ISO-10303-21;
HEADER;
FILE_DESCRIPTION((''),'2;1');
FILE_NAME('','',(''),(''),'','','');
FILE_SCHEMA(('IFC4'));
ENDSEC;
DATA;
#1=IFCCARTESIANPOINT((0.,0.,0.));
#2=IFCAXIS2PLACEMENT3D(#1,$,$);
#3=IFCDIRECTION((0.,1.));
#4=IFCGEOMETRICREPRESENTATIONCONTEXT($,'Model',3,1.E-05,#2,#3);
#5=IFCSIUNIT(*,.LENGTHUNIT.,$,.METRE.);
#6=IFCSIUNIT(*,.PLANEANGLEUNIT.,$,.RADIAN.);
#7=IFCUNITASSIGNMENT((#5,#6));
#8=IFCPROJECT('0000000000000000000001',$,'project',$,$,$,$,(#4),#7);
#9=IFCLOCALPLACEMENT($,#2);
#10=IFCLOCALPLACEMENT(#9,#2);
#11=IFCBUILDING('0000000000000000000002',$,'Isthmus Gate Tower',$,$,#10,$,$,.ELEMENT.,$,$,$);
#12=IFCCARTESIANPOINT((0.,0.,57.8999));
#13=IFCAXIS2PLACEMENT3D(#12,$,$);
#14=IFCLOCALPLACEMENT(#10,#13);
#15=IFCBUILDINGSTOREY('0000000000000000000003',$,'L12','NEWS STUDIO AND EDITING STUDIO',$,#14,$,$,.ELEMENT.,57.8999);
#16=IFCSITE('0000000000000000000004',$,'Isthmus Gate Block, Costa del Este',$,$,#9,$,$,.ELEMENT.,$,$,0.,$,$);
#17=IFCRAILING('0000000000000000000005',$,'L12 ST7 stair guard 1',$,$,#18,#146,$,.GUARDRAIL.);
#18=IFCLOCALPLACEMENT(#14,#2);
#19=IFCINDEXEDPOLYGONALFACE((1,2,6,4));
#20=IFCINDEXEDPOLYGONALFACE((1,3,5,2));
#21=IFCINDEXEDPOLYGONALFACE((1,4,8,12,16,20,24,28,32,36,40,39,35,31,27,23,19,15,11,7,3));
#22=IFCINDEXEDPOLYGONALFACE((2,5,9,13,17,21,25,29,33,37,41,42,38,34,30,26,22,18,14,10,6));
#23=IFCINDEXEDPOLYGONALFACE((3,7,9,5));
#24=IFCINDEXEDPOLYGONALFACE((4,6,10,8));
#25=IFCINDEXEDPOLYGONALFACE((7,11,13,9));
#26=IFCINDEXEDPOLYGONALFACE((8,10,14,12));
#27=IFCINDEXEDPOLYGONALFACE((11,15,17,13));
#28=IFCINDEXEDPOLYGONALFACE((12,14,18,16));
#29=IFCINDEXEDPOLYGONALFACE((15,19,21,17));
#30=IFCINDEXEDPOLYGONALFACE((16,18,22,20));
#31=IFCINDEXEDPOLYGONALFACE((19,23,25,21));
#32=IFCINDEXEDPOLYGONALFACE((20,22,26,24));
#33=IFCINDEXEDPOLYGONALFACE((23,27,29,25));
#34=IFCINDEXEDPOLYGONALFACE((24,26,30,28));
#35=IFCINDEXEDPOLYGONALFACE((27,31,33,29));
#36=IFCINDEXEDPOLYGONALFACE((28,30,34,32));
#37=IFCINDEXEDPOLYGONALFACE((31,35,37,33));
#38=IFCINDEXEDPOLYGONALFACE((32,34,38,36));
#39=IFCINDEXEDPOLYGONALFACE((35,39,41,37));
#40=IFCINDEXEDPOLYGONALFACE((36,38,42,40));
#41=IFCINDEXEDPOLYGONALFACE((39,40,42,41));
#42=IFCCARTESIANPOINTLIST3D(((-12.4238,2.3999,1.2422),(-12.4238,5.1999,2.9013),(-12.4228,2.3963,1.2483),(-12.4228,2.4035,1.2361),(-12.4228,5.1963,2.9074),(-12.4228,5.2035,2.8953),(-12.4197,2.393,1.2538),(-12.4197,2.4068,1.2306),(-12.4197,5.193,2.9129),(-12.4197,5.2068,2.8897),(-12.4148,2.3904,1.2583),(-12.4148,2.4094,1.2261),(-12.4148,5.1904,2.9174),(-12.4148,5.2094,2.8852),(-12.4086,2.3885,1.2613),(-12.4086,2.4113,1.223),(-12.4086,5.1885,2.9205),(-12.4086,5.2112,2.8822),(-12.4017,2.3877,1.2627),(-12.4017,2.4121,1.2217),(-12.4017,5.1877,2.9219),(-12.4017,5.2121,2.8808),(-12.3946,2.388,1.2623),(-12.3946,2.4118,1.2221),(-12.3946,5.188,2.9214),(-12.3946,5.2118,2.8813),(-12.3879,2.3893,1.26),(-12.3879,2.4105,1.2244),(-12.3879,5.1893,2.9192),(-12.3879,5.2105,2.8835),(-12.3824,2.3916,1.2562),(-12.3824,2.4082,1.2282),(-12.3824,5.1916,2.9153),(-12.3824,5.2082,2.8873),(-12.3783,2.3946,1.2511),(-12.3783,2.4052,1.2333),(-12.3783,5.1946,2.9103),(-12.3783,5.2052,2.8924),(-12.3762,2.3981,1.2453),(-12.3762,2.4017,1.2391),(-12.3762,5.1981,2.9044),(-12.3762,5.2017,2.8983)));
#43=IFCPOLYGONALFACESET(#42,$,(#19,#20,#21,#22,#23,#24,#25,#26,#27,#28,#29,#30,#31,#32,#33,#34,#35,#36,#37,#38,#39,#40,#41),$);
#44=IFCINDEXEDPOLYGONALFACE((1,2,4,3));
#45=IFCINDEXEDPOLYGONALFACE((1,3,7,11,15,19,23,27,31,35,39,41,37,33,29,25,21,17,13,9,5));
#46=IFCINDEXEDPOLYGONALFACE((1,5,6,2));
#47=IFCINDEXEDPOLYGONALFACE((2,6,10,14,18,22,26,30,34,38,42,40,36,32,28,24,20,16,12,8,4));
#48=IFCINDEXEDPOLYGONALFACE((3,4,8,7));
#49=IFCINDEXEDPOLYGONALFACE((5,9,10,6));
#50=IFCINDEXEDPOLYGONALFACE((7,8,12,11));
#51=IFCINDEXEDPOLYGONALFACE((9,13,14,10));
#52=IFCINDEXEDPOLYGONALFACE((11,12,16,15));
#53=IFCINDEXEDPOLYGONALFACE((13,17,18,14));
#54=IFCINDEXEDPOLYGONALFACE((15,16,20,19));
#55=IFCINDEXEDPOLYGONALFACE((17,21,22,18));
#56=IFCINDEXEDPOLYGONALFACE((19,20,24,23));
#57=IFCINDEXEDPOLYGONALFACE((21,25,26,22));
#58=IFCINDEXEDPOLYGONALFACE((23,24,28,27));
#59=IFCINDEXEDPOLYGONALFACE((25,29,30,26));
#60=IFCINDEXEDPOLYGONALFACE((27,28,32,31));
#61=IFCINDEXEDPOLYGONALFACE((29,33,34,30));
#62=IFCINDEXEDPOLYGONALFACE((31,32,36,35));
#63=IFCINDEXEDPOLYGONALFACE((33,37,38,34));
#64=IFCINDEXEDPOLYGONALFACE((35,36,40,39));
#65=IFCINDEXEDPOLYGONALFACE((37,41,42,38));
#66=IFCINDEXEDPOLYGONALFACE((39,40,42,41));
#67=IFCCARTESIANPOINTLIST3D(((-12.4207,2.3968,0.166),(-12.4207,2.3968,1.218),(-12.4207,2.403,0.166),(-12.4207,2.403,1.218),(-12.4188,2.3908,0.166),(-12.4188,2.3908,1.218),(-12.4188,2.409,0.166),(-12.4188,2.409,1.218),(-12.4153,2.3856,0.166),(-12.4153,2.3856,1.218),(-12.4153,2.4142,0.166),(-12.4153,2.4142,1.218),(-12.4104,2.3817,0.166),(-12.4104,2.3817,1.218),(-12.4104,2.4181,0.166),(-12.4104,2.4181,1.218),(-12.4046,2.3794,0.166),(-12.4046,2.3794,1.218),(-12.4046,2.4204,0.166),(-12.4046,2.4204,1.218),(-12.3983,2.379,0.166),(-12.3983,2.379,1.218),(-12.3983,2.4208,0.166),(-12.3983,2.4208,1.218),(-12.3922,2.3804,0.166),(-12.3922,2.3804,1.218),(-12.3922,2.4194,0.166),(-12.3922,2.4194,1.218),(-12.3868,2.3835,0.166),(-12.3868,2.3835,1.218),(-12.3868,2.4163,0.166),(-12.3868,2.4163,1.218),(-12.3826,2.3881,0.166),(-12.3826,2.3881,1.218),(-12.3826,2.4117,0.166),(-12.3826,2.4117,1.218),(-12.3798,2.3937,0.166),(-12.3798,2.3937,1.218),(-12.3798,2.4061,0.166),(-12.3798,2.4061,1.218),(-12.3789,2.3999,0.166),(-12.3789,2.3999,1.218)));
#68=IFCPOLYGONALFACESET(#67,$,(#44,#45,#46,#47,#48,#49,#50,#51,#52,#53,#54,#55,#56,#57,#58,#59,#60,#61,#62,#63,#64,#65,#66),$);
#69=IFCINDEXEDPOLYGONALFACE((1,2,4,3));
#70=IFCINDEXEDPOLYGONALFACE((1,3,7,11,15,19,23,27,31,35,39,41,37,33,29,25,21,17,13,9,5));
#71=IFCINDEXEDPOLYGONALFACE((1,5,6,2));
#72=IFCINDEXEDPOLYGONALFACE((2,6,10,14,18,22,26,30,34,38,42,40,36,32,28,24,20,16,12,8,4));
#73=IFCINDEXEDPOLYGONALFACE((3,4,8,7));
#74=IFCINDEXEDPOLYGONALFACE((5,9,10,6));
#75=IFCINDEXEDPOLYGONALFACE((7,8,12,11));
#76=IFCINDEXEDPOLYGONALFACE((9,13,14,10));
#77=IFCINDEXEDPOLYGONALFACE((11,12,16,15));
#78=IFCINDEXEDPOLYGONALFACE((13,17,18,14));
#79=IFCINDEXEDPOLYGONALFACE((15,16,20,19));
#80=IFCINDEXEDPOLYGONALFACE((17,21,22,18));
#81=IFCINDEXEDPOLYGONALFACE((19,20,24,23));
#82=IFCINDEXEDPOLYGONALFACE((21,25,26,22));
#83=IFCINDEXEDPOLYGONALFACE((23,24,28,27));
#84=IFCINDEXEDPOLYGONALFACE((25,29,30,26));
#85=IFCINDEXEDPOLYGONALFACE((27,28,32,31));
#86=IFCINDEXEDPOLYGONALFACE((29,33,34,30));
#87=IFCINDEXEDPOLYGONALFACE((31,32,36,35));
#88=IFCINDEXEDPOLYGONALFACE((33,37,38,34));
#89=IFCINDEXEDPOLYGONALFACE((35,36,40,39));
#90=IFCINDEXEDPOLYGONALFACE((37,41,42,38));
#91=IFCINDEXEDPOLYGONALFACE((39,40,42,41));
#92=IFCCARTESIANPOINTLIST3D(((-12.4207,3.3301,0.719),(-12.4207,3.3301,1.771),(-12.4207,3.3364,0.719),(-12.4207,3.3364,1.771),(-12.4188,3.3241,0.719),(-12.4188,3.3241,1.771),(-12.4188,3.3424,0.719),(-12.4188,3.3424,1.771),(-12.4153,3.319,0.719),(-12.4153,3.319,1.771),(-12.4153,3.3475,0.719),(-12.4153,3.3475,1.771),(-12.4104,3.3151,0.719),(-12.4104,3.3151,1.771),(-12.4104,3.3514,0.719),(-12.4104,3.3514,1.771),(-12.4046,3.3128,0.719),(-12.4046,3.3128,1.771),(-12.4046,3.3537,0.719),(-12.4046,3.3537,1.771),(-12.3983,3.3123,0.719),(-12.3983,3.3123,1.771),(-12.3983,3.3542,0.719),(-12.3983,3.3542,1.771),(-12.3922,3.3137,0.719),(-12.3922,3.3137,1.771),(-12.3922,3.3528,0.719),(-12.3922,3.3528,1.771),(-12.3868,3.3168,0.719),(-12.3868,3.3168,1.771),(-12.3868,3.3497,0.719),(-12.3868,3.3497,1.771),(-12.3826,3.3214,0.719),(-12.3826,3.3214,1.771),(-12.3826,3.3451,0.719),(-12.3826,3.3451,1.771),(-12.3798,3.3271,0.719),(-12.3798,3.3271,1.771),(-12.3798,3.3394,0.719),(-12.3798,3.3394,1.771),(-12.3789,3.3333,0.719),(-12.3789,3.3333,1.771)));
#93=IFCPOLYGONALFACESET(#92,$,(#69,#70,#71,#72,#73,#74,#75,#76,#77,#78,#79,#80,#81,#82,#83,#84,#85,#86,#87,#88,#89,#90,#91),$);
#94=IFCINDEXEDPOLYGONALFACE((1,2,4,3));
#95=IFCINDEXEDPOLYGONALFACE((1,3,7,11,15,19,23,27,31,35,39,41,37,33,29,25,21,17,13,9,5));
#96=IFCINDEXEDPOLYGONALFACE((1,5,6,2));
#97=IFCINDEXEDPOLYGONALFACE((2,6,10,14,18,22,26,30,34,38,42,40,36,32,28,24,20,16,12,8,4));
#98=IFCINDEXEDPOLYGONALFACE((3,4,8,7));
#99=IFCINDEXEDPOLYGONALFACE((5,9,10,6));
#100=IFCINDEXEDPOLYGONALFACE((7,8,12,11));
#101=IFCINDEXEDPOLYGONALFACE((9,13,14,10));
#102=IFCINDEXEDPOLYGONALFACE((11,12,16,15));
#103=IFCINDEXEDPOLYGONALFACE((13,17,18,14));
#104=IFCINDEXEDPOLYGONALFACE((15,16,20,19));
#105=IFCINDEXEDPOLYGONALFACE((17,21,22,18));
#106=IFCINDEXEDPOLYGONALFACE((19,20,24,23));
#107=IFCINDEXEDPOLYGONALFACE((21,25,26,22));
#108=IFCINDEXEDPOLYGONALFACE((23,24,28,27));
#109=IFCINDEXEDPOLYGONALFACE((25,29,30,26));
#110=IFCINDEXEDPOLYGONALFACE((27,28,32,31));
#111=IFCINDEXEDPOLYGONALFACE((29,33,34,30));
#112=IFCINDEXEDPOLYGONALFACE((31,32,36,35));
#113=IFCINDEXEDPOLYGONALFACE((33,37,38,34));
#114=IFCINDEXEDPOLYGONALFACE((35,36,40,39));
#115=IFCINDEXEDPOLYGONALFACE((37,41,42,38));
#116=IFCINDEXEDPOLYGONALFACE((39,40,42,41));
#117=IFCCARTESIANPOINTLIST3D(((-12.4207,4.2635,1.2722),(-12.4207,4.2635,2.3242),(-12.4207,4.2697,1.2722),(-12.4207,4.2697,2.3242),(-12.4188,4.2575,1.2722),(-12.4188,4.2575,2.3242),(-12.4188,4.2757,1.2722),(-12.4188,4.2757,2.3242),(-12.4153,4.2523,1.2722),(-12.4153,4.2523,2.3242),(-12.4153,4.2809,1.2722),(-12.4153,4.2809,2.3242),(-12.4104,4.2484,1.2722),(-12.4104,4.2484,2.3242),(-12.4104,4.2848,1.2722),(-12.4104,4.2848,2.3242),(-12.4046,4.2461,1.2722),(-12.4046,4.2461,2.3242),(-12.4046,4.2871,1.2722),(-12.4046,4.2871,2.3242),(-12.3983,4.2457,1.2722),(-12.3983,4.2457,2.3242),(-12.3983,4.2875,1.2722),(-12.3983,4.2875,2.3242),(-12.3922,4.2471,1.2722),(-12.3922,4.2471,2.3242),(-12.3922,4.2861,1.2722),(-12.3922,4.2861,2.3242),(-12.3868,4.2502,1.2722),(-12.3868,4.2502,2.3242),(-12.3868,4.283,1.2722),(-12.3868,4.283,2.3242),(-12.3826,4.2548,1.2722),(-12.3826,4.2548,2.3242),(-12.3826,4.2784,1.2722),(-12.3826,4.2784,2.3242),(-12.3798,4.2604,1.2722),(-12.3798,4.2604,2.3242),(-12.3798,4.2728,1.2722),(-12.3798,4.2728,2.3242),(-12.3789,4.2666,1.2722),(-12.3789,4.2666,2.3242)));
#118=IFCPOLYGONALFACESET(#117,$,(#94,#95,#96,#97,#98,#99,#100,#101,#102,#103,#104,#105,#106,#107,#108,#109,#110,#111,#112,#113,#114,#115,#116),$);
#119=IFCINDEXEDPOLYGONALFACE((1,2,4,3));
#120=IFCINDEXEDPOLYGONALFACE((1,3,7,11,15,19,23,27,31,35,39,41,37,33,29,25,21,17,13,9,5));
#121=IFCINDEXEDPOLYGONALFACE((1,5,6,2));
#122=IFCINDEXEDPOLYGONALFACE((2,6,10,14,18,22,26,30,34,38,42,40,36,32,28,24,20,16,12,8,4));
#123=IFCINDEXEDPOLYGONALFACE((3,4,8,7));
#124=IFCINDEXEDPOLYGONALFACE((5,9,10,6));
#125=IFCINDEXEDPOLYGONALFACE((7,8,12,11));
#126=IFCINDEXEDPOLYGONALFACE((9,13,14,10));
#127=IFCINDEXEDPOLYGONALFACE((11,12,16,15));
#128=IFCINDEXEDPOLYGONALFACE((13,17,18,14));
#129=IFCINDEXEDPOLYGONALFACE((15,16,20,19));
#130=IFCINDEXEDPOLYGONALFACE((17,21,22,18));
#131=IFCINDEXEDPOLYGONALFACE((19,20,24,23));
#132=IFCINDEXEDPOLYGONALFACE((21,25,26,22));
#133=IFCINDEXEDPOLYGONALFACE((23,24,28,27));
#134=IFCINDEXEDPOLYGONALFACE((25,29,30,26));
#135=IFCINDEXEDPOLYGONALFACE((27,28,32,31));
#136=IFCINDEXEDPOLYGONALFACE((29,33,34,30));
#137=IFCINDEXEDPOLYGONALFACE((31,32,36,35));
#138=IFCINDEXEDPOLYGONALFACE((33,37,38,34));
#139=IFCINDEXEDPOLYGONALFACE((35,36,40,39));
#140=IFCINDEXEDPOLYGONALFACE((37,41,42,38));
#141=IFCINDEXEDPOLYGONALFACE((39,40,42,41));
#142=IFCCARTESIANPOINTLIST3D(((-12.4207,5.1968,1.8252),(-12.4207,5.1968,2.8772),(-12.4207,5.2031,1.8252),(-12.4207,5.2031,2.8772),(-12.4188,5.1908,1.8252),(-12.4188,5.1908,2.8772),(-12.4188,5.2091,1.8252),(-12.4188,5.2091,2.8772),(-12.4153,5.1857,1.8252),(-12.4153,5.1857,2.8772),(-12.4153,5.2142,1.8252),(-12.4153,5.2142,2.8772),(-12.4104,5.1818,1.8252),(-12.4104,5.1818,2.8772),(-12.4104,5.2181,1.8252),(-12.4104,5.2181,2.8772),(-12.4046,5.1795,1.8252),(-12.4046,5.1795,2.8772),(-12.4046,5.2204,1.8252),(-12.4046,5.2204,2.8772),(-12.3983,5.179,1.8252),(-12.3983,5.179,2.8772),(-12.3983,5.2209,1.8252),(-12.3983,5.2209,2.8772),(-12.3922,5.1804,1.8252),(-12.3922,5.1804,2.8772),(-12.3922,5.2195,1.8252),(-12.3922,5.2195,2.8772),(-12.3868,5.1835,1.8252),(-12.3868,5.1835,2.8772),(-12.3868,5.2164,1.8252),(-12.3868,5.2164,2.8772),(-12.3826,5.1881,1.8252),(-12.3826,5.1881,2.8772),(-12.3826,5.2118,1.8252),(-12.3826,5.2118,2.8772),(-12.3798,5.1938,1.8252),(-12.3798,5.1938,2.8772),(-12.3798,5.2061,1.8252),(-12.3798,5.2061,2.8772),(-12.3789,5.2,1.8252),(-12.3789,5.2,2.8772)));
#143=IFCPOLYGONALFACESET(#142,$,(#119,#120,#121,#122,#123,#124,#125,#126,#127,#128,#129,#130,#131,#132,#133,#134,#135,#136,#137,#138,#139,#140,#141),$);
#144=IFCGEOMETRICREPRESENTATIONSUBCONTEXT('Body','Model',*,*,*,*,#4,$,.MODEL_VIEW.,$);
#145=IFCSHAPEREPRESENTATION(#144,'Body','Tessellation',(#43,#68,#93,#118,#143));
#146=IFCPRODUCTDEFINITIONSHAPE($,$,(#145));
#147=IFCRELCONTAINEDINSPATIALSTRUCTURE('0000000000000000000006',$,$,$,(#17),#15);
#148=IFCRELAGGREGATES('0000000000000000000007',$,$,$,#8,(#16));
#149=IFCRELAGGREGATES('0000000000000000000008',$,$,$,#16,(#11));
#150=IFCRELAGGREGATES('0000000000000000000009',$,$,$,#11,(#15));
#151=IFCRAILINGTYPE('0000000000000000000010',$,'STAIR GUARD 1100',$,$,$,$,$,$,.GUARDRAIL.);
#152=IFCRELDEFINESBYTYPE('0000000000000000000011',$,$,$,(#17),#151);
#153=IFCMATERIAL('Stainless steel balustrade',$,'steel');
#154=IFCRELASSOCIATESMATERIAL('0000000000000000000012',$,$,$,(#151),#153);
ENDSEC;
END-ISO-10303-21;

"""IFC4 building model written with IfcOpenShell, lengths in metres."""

from ifc_helpers import new_model, si_unit, direction, frame, origin, origin_2d, place, context, subcontext, project, spatial, circle, extrude, material, type_object, element, save


model = new_model("IFC4")

# Units and contexts
model_context = context("Model", 3, precision=1e-05, world=origin(), true_north=direction((0.0, 1.0)))
body_context = subcontext(model_context, "Body", "Model", "MODEL_VIEW")
ifc_project = project(units=[si_unit("LENGTHUNIT", "METRE"), si_unit("PLANEANGLEUNIT", "RADIAN")], contexts=[model_context])

# Site, building, storey
site_placement = place(None, origin())
site = spatial("IfcSite", under=ifc_project, at=site_placement, Name="Isthmus Gate Block, Costa del Este", CompositionType="ELEMENT", RefElevation=0.0)
building_placement = place(site_placement, origin())
building = spatial("IfcBuilding", under=site, at=building_placement, Name="Isthmus Gate Tower", CompositionType="ELEMENT")
storey_placement = place(building_placement, frame((0.0, 0.0, 57.8999)))
storey = spatial("IfcBuildingStorey", under=building, at=storey_placement, Name="L12", Description="NEWS STUDIO AND EDITING STUDIO", CompositionType="ELEMENT", Elevation=57.8999)

# Railing
ifc_material_1 = material(Name="Stainless steel balustrade", Category="steel")
railing_type_1 = type_object("IfcRailingType", Name="STAIR GUARD 1100", PredefinedType="GUARDRAIL", material=ifc_material_1)
railing_1_placement = place(storey_placement, frame((-12.3999, 2.3999, 0.166)))
element("IfcRailing", 1, at=railing_1_placement, inside=storey, type_object=railing_type_1, Name="L12 ST7 stair guard 1", PredefinedType="GUARDRAIL", context=body_context, shape_type="SweptSolid", body=[
    extrude(circle(Radius=0.0239, at=origin_2d()), frame((0.0, 0.0, 1.0762), z_axis=(0.0, 0.860306, 0.509778), x_axis=(-1.0, 0.0, 0.0)), (0.0, 0.0, 1.0), 3.2546),
    extrude(circle(Radius=0.021, at=origin_2d()), origin(), (0.0, 0.0, 1.0), 1.052),
    extrude(circle(Radius=0.021, at=origin_2d()), frame((0.0, 0.9333, 0.553)), (0.0, 0.0, 1.0), 1.052),
    extrude(circle(Radius=0.021, at=origin_2d()), frame((0.0, 1.8667, 1.1062)), (0.0, 0.0, 1.0), 1.052),
    extrude(circle(Radius=0.021, at=origin_2d()), frame((0.0, 2.8, 1.6592)), (0.0, 0.0, 1.0), 1.052),
])

save(model, "model.ifc")
